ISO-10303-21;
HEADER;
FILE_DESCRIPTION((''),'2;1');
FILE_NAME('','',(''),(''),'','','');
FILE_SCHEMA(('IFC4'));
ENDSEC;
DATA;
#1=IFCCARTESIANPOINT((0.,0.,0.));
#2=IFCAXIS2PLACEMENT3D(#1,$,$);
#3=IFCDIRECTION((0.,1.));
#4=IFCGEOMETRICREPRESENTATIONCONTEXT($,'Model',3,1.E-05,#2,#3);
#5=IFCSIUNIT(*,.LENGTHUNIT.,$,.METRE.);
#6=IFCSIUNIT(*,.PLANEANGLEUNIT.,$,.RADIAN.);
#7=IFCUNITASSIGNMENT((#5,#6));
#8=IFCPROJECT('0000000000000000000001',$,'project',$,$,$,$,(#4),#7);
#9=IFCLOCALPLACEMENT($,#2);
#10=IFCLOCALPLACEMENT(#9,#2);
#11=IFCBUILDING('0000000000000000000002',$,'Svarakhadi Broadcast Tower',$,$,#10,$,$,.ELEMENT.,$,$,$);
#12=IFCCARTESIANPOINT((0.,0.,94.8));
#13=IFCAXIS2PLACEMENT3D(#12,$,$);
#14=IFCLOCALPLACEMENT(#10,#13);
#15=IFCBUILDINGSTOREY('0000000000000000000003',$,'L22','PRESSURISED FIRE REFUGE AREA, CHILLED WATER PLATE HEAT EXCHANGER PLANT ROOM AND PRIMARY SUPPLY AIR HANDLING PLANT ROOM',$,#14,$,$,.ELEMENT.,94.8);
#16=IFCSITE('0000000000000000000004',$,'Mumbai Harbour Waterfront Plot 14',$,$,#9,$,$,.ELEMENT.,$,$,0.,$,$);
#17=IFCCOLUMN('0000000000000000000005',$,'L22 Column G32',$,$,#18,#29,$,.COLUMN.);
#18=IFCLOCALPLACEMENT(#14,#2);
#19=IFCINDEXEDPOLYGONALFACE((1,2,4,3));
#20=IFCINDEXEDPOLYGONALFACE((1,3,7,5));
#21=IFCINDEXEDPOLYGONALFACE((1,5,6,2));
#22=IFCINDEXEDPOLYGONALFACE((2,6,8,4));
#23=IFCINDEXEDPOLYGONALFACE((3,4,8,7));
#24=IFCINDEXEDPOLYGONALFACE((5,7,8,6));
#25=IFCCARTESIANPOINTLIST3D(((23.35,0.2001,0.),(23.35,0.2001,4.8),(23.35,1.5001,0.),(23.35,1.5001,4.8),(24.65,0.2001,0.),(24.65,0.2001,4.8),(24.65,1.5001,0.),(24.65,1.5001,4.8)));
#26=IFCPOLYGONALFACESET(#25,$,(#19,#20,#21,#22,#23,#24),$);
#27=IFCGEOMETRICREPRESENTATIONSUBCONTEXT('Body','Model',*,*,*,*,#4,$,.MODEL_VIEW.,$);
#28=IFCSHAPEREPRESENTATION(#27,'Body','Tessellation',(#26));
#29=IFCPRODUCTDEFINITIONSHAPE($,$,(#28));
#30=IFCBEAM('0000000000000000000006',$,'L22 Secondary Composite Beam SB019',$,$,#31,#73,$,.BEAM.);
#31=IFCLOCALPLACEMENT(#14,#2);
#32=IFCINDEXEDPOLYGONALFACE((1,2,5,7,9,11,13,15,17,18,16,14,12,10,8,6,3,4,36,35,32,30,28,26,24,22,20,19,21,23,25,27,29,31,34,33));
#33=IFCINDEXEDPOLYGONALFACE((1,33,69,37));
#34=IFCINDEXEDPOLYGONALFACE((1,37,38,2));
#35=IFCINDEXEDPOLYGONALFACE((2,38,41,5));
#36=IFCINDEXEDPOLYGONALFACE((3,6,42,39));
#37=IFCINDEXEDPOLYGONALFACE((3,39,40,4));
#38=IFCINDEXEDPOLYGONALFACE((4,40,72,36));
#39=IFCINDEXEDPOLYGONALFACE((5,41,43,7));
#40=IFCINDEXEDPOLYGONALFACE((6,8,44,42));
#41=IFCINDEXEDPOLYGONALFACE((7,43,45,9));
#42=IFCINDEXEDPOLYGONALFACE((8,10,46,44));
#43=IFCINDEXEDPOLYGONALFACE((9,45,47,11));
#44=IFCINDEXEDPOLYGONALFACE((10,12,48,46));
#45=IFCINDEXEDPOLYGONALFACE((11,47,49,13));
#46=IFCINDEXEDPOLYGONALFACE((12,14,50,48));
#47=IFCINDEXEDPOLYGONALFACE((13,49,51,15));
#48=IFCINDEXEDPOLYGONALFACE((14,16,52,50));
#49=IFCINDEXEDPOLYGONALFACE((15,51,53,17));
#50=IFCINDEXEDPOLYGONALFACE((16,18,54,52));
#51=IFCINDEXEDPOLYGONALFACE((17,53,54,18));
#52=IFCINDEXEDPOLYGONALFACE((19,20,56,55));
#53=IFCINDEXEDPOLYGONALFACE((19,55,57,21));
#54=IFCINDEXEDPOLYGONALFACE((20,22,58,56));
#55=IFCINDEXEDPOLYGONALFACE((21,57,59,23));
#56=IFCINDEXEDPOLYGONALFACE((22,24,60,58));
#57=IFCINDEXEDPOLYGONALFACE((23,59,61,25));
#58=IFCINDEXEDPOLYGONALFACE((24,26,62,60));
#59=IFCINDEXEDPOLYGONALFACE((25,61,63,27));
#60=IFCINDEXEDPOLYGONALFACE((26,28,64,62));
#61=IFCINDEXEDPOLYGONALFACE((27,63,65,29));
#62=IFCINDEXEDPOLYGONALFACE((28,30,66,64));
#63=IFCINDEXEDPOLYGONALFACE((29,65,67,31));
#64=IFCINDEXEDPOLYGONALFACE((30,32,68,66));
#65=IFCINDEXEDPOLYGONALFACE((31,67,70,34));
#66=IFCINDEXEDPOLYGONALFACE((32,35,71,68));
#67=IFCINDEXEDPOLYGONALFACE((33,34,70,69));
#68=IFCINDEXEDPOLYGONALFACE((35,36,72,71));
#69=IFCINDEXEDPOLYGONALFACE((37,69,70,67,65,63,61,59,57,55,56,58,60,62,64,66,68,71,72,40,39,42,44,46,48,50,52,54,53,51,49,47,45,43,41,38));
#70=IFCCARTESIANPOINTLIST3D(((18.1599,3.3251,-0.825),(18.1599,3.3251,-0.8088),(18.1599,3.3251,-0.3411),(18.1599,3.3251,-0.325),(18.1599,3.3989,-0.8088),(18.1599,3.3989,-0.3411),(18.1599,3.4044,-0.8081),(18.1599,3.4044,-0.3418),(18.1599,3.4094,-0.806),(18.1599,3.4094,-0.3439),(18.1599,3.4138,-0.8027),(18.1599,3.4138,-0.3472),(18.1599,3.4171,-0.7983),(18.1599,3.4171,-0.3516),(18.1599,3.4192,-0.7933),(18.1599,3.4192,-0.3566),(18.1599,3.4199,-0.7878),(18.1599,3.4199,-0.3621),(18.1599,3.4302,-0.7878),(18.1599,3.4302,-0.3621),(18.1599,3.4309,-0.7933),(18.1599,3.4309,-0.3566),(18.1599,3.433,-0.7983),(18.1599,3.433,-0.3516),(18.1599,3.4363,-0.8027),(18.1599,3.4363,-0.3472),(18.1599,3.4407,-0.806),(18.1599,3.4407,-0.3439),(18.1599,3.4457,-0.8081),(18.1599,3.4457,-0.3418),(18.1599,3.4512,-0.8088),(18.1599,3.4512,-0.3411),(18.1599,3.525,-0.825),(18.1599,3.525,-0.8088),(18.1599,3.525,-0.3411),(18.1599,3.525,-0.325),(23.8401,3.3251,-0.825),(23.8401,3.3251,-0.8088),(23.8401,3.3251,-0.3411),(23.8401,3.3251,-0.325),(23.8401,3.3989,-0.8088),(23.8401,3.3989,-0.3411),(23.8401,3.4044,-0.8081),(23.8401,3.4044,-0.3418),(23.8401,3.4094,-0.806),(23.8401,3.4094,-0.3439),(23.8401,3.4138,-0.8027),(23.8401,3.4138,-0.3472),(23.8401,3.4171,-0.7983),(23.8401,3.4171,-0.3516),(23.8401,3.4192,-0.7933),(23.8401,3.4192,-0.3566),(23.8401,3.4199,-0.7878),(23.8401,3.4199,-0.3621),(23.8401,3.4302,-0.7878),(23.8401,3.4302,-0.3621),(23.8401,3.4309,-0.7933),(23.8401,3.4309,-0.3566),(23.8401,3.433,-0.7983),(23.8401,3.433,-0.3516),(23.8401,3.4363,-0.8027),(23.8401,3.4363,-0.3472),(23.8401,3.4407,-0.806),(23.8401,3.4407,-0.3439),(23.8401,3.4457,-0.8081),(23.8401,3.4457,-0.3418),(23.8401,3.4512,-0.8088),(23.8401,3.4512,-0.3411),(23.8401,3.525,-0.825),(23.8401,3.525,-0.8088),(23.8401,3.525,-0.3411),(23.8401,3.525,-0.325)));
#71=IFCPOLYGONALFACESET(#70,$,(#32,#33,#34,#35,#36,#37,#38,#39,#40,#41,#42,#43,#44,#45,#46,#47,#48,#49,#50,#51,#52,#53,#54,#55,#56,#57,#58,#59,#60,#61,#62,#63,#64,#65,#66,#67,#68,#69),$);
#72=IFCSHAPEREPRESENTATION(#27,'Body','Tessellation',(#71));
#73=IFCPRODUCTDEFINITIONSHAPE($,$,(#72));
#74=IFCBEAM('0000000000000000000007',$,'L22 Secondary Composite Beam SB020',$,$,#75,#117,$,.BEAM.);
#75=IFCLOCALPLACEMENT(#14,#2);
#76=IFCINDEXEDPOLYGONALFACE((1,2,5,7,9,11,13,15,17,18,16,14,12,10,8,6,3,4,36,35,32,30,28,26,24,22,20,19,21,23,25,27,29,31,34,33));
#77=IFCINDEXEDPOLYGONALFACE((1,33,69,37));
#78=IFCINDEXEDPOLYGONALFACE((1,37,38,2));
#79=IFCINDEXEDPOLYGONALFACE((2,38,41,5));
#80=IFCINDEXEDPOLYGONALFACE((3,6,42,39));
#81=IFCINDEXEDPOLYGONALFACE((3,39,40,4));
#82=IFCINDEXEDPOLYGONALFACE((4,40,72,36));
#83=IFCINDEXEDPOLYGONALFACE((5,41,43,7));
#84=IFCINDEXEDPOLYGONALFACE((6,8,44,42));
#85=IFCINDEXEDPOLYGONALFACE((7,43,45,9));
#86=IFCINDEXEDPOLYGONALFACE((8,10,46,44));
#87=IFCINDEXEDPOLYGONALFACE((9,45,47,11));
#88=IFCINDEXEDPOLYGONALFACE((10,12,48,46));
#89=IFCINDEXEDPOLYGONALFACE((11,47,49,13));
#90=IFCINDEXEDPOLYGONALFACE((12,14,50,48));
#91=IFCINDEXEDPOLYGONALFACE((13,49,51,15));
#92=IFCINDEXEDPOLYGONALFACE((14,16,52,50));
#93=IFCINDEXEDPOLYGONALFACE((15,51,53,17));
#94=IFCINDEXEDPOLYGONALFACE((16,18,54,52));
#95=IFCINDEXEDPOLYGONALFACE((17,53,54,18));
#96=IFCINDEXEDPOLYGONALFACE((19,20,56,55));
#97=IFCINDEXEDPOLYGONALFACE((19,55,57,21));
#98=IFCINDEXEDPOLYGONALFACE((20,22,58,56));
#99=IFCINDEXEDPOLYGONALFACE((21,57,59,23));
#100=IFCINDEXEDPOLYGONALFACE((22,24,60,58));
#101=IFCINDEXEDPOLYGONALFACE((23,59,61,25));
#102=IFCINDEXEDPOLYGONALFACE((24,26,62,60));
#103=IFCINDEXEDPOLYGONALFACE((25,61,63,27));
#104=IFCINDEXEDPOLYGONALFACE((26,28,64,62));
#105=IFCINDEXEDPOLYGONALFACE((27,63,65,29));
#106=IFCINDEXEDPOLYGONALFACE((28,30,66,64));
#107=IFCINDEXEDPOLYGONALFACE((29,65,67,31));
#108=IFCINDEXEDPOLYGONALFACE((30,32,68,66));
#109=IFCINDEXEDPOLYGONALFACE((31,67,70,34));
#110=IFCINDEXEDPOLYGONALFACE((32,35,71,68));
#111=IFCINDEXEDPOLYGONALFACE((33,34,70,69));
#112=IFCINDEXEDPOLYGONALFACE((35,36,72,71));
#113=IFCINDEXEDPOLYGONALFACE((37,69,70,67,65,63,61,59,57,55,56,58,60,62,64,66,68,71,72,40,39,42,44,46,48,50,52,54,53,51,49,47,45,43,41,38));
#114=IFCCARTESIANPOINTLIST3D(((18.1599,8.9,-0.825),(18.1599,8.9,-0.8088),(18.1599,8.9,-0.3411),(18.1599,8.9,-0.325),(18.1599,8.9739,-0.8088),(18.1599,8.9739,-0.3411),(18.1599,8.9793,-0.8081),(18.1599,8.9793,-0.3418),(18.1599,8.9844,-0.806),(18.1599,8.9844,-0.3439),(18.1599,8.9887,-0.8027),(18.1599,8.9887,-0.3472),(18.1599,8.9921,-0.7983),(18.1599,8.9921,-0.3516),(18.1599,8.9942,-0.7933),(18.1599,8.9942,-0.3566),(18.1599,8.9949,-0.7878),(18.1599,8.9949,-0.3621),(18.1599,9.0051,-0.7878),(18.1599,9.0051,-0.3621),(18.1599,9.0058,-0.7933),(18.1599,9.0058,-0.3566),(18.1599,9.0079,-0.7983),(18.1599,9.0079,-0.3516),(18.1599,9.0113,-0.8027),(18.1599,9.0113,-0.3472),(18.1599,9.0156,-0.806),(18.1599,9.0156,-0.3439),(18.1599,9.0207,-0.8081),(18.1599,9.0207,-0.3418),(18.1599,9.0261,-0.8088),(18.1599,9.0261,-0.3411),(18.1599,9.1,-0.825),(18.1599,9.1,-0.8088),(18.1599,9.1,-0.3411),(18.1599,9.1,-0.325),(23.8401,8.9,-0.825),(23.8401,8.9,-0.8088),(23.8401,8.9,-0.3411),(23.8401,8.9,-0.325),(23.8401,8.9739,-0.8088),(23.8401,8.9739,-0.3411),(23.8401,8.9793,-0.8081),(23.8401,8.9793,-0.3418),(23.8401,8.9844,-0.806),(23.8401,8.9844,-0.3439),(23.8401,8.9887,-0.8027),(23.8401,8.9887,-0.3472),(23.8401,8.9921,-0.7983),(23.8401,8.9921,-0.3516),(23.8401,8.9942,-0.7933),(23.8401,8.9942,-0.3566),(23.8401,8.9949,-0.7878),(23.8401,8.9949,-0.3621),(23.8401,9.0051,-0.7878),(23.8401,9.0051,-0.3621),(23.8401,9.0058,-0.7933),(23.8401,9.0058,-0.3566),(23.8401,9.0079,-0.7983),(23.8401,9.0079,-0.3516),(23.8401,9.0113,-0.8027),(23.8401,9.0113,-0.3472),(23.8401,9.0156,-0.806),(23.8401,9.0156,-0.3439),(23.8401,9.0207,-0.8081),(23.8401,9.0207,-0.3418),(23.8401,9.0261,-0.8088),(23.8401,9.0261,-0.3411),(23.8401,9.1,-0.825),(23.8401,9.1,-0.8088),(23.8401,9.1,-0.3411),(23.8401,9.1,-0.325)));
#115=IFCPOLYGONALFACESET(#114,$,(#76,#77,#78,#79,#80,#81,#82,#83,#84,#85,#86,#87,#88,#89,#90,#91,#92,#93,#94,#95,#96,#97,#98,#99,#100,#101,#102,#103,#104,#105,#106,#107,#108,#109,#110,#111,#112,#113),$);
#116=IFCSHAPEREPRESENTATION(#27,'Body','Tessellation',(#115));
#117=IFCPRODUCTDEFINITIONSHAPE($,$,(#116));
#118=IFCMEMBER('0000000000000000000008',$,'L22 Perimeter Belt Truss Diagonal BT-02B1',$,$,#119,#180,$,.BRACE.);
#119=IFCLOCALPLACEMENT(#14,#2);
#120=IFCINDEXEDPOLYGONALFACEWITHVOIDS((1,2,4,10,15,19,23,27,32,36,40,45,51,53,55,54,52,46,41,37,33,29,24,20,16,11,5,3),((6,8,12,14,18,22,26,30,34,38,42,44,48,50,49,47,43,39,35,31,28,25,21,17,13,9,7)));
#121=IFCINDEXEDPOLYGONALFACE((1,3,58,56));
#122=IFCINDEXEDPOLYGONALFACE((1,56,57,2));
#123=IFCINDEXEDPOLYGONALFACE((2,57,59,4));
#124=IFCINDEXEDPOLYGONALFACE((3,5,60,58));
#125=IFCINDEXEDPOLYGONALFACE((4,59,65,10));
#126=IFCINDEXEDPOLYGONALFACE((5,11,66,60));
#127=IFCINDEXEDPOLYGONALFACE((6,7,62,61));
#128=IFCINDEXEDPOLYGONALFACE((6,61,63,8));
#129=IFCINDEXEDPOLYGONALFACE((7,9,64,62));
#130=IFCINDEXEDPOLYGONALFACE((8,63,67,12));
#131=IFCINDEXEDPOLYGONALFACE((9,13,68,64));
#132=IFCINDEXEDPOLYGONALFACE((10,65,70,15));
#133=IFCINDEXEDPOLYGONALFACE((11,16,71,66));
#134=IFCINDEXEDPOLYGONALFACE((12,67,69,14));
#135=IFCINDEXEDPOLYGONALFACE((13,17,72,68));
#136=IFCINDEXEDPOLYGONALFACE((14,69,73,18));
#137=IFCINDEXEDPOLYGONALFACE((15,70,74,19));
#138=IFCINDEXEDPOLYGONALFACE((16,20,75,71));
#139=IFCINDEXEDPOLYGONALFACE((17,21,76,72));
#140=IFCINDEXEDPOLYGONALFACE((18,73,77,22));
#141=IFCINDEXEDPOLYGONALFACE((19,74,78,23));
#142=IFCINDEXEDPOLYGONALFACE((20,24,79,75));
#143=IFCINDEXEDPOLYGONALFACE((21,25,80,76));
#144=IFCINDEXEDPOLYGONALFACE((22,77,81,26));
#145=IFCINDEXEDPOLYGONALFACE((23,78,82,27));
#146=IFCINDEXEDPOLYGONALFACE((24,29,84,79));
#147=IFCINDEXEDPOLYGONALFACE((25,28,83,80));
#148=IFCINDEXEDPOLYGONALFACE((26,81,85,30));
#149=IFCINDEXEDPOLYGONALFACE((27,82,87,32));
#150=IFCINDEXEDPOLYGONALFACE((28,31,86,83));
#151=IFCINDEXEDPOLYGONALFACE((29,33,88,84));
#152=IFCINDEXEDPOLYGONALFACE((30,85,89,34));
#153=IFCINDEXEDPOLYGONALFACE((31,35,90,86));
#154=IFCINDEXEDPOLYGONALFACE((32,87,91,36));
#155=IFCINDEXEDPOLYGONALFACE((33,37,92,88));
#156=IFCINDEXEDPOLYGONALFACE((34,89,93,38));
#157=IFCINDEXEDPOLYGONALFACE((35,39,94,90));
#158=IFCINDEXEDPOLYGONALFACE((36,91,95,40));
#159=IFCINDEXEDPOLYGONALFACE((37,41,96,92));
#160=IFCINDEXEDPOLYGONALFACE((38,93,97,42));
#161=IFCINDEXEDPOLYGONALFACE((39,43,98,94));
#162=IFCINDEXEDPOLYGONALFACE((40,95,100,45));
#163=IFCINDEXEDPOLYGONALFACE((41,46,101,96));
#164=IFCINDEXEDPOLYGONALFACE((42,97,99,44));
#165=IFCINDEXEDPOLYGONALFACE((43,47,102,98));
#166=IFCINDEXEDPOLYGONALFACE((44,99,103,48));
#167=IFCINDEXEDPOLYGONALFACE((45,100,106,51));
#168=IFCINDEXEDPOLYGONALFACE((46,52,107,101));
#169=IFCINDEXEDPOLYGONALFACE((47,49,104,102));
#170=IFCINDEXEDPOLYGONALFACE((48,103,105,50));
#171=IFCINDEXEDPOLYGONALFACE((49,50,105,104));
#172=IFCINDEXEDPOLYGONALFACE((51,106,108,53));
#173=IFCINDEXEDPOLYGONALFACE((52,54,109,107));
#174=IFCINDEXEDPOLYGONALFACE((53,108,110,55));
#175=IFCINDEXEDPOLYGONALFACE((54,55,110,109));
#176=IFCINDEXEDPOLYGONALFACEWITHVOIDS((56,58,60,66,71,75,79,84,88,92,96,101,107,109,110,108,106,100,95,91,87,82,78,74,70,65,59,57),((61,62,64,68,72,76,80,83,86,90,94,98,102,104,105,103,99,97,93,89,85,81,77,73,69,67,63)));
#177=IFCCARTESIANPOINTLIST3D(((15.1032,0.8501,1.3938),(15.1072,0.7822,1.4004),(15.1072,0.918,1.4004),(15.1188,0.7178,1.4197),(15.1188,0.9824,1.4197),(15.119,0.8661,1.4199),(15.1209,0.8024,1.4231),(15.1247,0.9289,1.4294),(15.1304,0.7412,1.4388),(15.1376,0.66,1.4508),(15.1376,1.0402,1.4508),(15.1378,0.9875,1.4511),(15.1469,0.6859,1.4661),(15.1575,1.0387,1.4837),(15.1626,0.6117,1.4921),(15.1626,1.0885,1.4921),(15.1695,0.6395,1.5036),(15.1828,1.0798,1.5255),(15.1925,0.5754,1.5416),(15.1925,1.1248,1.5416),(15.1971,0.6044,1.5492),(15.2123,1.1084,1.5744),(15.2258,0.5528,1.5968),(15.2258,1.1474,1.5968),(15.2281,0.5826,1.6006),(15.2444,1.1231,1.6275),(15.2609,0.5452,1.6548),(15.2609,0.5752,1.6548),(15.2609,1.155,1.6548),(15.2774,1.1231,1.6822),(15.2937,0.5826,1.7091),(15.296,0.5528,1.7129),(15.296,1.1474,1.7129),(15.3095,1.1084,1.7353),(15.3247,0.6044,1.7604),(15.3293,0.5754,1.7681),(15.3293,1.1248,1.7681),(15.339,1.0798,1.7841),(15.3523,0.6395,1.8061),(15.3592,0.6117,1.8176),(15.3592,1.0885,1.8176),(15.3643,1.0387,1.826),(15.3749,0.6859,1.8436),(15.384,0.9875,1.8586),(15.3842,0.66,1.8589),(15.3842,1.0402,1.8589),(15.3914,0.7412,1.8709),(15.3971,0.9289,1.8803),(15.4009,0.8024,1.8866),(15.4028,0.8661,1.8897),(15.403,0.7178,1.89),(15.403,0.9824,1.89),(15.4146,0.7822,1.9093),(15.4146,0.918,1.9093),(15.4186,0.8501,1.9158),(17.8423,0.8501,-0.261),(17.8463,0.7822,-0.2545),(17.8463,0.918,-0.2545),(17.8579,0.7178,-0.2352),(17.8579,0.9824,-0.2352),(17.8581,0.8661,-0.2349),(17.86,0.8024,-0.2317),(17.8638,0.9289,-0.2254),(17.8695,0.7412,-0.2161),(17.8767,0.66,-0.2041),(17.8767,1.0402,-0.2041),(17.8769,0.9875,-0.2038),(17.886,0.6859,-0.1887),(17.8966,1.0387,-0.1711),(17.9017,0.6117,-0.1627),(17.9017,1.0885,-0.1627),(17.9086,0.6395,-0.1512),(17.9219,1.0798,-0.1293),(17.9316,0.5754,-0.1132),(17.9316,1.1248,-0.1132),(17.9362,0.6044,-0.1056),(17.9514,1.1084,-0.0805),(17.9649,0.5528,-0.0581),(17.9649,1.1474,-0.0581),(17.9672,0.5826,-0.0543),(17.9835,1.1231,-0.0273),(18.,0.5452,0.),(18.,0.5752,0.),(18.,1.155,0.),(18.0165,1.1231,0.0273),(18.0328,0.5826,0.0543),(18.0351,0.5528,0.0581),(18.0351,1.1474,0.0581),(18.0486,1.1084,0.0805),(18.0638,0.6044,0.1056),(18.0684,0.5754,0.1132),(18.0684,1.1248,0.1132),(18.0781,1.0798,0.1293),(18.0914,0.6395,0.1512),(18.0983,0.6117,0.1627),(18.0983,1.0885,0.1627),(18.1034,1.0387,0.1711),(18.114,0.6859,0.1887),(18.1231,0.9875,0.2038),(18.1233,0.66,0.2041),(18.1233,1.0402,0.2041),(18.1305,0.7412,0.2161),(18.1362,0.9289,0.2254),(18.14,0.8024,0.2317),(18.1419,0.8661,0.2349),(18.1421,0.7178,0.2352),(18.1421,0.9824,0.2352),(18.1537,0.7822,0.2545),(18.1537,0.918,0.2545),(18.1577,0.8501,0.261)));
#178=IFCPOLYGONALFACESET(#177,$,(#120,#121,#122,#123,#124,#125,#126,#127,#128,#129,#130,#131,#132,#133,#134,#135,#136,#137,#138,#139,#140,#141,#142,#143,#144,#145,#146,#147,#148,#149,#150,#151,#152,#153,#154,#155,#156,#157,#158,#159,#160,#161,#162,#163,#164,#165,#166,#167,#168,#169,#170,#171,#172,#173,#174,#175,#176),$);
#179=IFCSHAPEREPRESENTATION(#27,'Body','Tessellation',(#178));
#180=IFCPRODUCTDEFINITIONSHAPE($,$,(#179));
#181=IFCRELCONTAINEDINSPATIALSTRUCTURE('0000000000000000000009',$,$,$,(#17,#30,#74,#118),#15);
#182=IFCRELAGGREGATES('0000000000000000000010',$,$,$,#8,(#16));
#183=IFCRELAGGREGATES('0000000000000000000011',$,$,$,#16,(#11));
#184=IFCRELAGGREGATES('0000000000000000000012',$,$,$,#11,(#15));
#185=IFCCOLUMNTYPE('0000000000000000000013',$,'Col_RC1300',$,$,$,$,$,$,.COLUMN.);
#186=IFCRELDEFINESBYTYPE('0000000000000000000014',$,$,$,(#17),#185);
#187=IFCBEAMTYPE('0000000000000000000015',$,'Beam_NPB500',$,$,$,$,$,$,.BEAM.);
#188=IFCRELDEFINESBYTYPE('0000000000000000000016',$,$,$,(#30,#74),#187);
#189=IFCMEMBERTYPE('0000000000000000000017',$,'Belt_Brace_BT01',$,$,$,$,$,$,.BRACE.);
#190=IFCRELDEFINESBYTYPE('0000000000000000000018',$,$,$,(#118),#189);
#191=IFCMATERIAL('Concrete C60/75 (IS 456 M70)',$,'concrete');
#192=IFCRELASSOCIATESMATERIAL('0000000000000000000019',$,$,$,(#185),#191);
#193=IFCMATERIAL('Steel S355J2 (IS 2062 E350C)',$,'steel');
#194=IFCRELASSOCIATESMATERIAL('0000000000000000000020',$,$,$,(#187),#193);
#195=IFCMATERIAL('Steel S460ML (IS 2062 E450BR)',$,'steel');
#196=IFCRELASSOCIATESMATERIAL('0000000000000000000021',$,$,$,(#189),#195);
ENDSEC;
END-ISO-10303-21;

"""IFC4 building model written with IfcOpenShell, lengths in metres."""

from ifc_helpers import new_model, si_unit, direction, frame, origin, origin_2d, place, context, subcontext, project, spatial, rectangle, hollow_circle, i_section, extrude, material, material_profile, profile_set, type_object, element, save


model = new_model("IFC4")

# Units and contexts
model_context = context("Model", 3, precision=1e-05, world=origin(), true_north=direction((0.0, 1.0)))
body_context = subcontext(model_context, "Body", "Model", "MODEL_VIEW")
ifc_project = project(units=[si_unit("LENGTHUNIT", "METRE"), si_unit("PLANEANGLEUNIT", "RADIAN")], contexts=[model_context])

# Site, building, storey
site_placement = place(None, origin())
site = spatial("IfcSite", under=ifc_project, at=site_placement, Name="Mumbai Harbour Waterfront Plot 14", CompositionType="ELEMENT", RefElevation=0.0)
building_placement = place(site_placement, origin())
building = spatial("IfcBuilding", under=site, at=building_placement, Name="Svarakhadi Broadcast Tower", CompositionType="ELEMENT")
storey_placement = place(building_placement, frame((0.0, 0.0, 94.8)))
storey = spatial("IfcBuildingStorey", under=building, at=storey_placement, Name="L22", Description="PRESSURISED FIRE REFUGE AREA, CHILLED WATER PLATE HEAT EXCHANGER PLANT ROOM AND PRIMARY SUPPLY AIR HANDLING PLANT ROOM", CompositionType="ELEMENT", Elevation=94.8)

# Column
ifc_material_1 = material(Name="Concrete C60/75 (IS 456 M70)", Category="concrete")
ifc_material_profile_1 = material_profile(ifc_material_1, rectangle(XDim=1.3, YDim=1.3, at=origin_2d()), Name="RC 1300x1300")
ifc_profile_set_1 = profile_set([ifc_material_profile_1], Name="Concrete C60/75 (IS 456 M70)")
column_type = type_object("IfcColumnType", Name="Col_RC1300", PredefinedType="COLUMN", material=ifc_profile_set_1)
column_placement = place(storey_placement, frame((24.0, 0.8501, 0.0), z_axis=(0.0, 0.0, 1.0), x_axis=(1.0, 0.0, 0.0)))
element("IfcColumn", 1, at=column_placement, inside=storey, type_object=column_type, Name="L22 Column G32", PredefinedType="COLUMN", context=body_context, shape_type="SweptSolid", body=[
    extrude(rectangle(XDim=1.3, YDim=1.3, at=origin_2d()), origin(), (0.0, 0.0, 1.0), 4.8),
])

# Beams
ifc_material_2 = material(Name="Steel S355J2 (IS 2062 E350C)", Category="steel")
ifc_material_profile_2 = material_profile(ifc_material_2, i_section(OverallWidth=0.2, OverallDepth=0.5, WebThickness=0.0103, FlangeThickness=0.0161, FilletRadius=0.021, at=origin_2d()), Name="NPB 500x200x91")
ifc_profile_set_2 = profile_set([ifc_material_profile_2], Name="Steel S355J2 (IS 2062 E350C)")
beam_type_1 = type_object("IfcBeamType", Name="Beam_NPB500", PredefinedType="BEAM", material=ifc_profile_set_2)
for number, where, z_axis, x_axis, name in (
    (2, (18.1599, 3.425, -0.575), (1.0, 0.0, 0.0), (0.0, 1.0, 0.0), "L22 Secondary Composite Beam SB019"),
    (3, (18.1599, 9.0, -0.575), (1.0, 0.0, 0.0), (0.0, 1.0, 0.0), "L22 Secondary Composite Beam SB020"),
):
    element("IfcBeam", number, at=place(storey_placement, frame(where, z_axis=z_axis, x_axis=x_axis)), inside=storey, type_object=beam_type_1, Name=name, PredefinedType="BEAM", context=body_context, shape_type="SweptSolid", body=[
        extrude(i_section(OverallWidth=0.2, OverallDepth=0.5, WebThickness=0.0103, FlangeThickness=0.0161, FilletRadius=0.021, at=origin_2d()), origin(), (0.0, 0.0, 1.0), 5.6802),
    ])

# Member
ifc_material_3 = material(Name="Steel S460ML (IS 2062 E450BR)", Category="steel")
ifc_material_profile_3 = material_profile(ifc_material_3, hollow_circle(Radius=0.3049, WallThickness=0.03, at=origin_2d()), Name="CHS 610x30")
ifc_profile_set_3 = profile_set([ifc_material_profile_3], Name="Steel S460ML (IS 2062 E450BR)")
member_type_1 = type_object("IfcMemberType", Name="Belt_Brace_BT01", PredefinedType="BRACE", material=ifc_profile_set_3)
member_1_placement = place(storey_placement, frame((18.0, 0.8501, 0.0), z_axis=(-0.85592, 0.0, 0.517107), x_axis=(0.0, -1.0, 0.0)))
element("IfcMember", 4, at=member_1_placement, inside=storey, type_object=member_type_1, Name="L22 Perimeter Belt Truss Diagonal BT-02B1", PredefinedType="BRACE", context=body_context, shape_type="SweptSolid", body=[
    extrude(hollow_circle(Radius=0.3049, WallThickness=0.03, at=origin_2d()), origin(), (0.0, 0.0, 1.0), 3.2002),
])

save(model, "model.ifc")
